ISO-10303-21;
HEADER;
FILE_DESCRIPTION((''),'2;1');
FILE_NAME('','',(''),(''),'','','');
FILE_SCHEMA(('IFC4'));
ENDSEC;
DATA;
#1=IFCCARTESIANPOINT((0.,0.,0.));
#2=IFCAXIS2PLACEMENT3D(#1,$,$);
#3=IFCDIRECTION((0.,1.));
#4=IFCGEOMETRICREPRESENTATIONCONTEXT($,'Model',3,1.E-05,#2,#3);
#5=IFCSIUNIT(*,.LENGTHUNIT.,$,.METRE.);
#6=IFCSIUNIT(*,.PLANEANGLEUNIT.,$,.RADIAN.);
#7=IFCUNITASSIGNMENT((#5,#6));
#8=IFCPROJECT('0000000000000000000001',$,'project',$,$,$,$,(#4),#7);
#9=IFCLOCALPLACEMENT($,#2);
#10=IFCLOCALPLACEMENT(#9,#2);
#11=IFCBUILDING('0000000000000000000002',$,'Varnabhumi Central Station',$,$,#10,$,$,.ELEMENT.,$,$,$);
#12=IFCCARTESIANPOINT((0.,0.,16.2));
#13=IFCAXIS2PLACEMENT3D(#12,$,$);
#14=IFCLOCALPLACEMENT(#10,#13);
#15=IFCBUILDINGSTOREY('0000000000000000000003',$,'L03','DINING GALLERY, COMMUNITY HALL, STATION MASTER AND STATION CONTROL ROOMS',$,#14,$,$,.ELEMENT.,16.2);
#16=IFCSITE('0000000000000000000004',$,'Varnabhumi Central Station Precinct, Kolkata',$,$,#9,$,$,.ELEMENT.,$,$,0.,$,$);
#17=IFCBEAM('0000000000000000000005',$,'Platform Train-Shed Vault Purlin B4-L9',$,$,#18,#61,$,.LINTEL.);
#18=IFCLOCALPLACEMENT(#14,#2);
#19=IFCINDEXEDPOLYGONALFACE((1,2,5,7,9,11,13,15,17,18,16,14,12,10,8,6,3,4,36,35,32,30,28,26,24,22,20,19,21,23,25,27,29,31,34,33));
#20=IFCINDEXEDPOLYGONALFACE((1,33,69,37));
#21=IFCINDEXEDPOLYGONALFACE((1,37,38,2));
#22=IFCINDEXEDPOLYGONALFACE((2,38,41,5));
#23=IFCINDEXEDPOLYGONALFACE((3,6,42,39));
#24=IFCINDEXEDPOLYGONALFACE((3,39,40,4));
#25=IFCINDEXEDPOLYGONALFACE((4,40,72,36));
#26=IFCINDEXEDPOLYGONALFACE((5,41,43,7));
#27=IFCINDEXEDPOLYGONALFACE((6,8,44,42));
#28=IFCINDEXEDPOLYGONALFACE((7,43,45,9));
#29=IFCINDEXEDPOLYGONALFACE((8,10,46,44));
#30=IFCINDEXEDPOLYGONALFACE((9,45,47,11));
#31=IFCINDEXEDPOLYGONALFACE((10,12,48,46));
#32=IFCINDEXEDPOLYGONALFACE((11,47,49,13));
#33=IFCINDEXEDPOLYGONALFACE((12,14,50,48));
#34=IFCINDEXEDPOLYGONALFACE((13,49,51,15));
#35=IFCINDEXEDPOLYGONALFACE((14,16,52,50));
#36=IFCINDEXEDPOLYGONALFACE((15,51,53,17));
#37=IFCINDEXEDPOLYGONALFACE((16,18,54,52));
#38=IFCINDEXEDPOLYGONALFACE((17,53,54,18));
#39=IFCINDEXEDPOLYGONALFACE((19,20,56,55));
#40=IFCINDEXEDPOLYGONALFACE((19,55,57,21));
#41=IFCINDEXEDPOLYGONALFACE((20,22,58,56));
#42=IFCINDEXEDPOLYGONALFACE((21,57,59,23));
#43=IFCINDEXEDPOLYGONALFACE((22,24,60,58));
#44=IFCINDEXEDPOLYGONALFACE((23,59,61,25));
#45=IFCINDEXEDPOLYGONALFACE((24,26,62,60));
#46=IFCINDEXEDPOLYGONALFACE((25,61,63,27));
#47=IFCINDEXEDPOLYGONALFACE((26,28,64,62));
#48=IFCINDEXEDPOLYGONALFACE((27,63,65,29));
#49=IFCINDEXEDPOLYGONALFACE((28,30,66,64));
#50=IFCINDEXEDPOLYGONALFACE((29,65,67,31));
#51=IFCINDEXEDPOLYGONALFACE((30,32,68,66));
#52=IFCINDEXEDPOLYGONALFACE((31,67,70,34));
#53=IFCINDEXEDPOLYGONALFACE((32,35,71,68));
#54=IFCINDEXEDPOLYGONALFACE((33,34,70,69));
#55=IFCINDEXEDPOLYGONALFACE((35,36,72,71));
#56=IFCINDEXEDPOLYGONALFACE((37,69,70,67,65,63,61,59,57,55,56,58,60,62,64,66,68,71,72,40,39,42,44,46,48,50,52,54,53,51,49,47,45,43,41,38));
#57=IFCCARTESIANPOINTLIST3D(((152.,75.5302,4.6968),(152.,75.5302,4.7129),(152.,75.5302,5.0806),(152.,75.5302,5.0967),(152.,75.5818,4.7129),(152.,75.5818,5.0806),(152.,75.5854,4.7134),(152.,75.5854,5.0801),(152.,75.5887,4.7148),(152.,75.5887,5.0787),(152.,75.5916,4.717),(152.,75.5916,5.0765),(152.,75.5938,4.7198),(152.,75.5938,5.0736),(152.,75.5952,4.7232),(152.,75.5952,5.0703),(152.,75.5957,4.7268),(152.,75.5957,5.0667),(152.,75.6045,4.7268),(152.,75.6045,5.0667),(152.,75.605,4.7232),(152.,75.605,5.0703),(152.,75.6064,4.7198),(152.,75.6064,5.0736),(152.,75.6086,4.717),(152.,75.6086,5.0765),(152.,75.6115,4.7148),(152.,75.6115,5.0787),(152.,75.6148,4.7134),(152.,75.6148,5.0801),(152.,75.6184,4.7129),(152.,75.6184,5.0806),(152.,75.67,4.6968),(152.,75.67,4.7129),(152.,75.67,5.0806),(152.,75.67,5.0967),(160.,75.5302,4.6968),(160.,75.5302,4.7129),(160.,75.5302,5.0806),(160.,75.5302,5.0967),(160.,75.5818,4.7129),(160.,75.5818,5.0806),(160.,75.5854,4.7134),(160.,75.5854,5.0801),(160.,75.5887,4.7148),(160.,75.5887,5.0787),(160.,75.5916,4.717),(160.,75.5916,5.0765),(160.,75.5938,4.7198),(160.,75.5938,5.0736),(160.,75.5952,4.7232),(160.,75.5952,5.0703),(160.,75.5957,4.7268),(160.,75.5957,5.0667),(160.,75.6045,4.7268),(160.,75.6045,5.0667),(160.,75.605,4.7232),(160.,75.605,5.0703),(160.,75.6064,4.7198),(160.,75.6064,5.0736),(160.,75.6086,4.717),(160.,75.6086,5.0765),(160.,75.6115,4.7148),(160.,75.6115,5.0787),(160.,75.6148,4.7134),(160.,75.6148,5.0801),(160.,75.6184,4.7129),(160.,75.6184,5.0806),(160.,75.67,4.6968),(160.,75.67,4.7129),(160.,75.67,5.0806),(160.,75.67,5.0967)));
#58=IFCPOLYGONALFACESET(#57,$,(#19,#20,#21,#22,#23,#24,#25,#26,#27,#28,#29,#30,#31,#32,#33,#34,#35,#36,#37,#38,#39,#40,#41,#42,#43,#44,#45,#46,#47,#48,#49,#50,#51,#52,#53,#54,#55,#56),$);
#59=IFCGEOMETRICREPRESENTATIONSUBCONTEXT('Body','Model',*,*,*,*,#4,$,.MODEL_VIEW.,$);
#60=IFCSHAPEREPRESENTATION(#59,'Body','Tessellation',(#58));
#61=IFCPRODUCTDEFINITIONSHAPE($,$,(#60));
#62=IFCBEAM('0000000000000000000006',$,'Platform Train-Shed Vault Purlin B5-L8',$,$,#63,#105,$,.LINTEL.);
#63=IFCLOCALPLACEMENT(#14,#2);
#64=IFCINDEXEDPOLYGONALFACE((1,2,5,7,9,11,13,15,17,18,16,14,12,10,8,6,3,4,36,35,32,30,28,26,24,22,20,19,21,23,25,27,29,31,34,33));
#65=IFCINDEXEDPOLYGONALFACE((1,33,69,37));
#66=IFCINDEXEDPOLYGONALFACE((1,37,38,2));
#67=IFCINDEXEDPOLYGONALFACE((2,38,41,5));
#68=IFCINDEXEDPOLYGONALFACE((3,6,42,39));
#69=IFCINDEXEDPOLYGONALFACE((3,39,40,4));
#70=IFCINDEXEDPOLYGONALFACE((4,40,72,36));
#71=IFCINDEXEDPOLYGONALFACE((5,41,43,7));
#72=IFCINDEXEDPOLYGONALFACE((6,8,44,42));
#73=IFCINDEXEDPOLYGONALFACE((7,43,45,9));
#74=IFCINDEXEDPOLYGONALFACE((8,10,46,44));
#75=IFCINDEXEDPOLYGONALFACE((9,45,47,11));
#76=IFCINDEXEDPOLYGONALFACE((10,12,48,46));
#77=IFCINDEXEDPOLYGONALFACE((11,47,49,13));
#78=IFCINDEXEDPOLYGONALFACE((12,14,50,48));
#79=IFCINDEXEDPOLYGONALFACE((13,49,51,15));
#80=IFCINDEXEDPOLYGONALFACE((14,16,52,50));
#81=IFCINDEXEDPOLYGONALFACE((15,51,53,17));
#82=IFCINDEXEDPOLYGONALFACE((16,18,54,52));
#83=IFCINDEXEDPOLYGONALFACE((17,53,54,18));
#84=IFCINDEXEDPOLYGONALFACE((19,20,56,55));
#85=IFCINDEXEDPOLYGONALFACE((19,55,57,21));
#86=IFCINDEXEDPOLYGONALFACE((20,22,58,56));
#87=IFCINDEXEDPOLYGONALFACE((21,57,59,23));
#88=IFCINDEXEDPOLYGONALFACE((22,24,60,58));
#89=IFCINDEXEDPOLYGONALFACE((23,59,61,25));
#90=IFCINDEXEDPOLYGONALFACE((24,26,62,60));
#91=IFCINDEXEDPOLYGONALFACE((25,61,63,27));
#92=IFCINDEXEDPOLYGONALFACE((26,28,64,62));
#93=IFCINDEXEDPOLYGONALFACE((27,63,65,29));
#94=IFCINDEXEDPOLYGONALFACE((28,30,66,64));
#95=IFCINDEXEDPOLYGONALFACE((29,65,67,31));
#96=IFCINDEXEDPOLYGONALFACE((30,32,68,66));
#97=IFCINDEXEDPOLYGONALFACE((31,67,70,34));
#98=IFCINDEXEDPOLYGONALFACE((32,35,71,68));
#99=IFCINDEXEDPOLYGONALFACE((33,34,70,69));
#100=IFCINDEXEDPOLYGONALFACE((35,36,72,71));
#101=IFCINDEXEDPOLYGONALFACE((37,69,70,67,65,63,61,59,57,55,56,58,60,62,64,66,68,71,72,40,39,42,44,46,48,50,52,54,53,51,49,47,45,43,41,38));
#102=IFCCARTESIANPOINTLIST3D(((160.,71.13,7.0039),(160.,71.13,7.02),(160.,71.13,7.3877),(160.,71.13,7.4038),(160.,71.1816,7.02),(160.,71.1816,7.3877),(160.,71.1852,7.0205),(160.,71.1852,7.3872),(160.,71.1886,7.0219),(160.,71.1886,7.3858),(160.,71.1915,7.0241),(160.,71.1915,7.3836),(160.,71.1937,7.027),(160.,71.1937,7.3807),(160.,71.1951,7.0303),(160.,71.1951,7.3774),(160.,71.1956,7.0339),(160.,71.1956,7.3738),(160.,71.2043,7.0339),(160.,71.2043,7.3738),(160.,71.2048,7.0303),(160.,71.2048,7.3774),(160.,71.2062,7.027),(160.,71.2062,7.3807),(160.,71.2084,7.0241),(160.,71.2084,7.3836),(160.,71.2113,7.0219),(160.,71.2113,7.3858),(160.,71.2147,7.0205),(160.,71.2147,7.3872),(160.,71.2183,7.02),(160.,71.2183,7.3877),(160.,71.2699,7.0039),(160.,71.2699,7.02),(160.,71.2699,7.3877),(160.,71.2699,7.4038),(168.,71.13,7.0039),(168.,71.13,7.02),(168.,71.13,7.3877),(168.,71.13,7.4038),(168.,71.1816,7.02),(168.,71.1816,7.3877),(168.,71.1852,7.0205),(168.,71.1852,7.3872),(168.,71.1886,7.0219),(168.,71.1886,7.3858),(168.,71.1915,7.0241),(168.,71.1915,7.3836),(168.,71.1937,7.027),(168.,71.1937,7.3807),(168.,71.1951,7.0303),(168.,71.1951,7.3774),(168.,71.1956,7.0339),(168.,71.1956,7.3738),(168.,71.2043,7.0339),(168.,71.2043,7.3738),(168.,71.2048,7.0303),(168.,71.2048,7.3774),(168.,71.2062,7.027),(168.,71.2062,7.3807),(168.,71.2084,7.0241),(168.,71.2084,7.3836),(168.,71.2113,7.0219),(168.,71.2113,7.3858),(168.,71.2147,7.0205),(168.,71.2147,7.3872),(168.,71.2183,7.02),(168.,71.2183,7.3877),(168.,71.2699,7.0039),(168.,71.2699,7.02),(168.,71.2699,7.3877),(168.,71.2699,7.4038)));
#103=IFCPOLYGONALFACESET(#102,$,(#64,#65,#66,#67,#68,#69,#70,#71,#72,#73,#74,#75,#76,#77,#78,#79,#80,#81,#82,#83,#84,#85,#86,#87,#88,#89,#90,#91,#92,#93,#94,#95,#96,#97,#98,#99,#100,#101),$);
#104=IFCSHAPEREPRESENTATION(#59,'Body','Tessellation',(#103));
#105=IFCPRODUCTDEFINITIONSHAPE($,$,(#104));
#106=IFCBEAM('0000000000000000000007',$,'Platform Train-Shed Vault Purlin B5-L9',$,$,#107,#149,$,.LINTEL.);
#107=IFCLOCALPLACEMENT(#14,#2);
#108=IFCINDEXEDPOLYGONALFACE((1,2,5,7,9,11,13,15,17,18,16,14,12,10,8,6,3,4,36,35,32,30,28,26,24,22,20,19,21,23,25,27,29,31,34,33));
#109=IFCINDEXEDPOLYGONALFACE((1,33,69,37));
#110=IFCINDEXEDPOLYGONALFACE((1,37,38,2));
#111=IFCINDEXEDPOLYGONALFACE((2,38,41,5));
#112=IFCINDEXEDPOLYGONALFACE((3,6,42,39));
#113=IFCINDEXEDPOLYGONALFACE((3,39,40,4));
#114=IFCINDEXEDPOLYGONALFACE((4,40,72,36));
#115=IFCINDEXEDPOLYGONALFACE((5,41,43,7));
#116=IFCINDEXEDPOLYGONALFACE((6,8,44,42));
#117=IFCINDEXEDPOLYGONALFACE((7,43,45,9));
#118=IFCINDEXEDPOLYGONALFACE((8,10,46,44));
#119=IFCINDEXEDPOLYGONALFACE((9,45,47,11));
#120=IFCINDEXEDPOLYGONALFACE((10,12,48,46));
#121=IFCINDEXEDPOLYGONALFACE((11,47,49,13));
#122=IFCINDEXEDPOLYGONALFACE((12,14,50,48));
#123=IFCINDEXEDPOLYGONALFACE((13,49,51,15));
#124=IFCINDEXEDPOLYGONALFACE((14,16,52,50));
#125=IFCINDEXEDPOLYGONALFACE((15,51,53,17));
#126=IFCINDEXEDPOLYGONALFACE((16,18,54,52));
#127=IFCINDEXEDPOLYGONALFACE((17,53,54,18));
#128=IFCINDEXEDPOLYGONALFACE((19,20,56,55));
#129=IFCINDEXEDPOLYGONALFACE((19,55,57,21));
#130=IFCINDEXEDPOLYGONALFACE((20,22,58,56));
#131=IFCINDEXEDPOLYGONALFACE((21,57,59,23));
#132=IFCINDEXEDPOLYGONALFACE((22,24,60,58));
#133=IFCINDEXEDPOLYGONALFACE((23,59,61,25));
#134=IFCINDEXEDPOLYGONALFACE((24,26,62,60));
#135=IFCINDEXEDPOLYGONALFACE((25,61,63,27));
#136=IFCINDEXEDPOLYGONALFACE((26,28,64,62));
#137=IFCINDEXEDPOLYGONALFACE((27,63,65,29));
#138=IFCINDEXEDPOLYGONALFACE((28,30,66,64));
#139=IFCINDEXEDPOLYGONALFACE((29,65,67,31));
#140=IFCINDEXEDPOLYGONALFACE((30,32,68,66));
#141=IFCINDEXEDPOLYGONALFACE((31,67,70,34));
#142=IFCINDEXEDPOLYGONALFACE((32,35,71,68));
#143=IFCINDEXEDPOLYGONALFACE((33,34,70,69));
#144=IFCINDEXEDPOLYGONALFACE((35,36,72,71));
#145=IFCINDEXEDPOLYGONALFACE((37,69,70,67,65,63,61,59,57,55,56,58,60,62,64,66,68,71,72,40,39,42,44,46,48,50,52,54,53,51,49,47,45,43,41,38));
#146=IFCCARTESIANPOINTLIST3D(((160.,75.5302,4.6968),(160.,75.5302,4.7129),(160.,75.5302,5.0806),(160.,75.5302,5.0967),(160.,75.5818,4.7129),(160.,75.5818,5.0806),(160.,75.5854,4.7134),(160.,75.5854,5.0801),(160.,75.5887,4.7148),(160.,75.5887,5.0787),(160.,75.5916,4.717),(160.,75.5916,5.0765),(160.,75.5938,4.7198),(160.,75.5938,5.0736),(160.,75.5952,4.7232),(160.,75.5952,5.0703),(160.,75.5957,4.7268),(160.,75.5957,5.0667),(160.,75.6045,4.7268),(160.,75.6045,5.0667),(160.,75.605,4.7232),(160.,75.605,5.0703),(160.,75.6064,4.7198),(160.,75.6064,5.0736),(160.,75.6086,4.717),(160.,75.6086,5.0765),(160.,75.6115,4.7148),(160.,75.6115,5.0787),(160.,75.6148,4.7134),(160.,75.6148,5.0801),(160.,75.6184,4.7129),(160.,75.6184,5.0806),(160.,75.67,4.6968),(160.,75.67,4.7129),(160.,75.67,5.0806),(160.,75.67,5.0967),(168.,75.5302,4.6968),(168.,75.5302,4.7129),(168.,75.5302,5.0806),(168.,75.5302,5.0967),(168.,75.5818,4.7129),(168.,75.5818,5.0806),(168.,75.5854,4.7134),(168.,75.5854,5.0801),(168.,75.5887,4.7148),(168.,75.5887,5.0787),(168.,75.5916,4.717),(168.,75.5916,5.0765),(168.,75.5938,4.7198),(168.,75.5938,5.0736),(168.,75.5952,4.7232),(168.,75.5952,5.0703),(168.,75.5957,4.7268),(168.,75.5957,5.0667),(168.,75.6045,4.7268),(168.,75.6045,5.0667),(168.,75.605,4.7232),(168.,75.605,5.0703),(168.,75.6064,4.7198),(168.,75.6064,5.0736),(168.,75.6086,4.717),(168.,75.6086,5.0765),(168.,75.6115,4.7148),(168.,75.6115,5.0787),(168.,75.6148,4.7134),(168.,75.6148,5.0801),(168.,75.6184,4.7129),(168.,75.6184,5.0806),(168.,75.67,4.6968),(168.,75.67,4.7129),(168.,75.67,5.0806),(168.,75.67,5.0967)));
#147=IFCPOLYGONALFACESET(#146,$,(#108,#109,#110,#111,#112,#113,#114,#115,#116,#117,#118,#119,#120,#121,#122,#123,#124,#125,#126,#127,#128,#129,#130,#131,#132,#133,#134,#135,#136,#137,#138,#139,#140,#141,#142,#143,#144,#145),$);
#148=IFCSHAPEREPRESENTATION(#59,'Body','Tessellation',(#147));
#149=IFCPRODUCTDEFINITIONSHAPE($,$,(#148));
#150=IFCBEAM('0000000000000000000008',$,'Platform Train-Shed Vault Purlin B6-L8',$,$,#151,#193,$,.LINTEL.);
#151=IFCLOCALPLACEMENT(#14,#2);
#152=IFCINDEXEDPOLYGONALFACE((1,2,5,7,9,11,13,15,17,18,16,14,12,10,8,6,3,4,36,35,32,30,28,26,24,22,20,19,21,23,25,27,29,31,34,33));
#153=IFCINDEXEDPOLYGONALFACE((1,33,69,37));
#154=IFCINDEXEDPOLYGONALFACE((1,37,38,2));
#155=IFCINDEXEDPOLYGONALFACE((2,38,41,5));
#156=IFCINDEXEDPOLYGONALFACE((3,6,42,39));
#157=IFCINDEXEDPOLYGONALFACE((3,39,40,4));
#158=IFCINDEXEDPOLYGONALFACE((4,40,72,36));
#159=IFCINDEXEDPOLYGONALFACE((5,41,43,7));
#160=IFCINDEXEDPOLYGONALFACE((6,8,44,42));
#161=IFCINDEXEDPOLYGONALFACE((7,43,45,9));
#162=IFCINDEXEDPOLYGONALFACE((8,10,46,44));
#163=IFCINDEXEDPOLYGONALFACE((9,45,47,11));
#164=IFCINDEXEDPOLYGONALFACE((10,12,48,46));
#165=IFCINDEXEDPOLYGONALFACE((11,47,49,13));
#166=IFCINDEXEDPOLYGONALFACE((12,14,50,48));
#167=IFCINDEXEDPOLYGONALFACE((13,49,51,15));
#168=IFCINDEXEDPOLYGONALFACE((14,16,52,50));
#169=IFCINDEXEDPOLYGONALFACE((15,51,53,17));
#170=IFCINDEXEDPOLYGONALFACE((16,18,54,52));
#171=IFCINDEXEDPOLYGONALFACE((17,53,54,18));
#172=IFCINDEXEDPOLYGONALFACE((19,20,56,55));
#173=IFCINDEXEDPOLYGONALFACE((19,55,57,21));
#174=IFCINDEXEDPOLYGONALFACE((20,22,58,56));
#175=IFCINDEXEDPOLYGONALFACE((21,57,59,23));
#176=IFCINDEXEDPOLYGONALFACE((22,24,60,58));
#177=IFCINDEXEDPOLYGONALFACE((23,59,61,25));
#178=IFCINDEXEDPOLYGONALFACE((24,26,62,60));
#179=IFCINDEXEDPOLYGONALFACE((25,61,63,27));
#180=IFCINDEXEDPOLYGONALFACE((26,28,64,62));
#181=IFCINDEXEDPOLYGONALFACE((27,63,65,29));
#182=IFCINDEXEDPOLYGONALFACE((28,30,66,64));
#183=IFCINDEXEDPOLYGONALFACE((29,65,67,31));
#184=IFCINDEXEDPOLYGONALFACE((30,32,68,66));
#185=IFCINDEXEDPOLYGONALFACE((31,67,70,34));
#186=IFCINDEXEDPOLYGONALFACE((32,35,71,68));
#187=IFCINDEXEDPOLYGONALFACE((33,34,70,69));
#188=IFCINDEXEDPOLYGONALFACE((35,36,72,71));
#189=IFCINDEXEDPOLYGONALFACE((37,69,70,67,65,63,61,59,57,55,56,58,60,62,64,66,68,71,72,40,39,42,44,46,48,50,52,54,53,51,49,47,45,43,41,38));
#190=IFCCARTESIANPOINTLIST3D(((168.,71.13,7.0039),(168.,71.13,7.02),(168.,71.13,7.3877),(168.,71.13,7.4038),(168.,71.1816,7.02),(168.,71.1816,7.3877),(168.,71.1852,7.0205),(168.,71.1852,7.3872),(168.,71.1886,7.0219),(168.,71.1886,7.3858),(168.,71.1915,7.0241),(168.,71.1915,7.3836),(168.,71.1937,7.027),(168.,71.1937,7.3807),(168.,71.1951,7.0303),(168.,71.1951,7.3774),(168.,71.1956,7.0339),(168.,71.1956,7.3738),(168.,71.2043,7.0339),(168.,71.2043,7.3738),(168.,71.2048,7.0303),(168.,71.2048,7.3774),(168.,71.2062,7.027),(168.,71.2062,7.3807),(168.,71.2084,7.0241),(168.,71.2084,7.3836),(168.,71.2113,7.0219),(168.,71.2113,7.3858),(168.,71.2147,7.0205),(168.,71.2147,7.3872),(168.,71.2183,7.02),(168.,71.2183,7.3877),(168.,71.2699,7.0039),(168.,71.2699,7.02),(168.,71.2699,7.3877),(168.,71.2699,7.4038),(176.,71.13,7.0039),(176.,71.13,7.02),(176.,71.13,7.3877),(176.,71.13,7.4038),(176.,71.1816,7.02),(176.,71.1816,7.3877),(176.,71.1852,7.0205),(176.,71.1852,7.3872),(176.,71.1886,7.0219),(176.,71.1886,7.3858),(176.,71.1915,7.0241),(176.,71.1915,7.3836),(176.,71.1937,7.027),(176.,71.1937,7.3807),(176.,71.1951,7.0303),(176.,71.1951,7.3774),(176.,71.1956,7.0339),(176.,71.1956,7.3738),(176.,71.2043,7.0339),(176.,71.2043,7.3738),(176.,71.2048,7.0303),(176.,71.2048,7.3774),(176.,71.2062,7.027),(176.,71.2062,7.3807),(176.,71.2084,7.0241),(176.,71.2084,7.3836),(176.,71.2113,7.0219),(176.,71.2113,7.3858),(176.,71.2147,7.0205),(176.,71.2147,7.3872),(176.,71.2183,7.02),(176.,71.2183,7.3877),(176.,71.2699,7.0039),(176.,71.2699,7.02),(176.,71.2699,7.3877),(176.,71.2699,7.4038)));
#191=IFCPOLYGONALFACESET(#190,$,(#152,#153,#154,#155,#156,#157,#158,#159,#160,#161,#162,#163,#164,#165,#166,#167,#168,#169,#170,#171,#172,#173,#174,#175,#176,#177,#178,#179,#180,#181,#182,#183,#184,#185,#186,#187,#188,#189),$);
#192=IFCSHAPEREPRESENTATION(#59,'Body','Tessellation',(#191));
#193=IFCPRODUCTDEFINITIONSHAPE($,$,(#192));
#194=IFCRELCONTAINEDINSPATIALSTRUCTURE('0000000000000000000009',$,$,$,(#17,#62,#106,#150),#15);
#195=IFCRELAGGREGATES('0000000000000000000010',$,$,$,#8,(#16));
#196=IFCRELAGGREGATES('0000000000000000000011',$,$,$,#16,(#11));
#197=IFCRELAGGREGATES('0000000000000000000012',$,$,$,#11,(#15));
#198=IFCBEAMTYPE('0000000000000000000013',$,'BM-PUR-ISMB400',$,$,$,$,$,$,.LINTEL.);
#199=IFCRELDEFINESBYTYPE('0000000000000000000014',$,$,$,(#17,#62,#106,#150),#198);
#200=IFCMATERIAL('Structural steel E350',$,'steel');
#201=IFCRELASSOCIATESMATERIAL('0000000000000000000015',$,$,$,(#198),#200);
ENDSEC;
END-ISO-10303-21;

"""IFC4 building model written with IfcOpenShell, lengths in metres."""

from ifc_helpers import new_model, si_unit, direction, frame, origin, origin_2d, place, context, subcontext, project, spatial, i_section, extrude, material, material_profile, profile_set, type_object, element, save


model = new_model("IFC4")

# Units and contexts
model_context = context("Model", 3, precision=1e-05, world=origin(), true_north=direction((0.0, 1.0)))
body_context = subcontext(model_context, "Body", "Model", "MODEL_VIEW")
ifc_project = project(units=[si_unit("LENGTHUNIT", "METRE"), si_unit("PLANEANGLEUNIT", "RADIAN")], contexts=[model_context])

# Site, building, storey
site_placement = place(None, origin())
site = spatial("IfcSite", under=ifc_project, at=site_placement, Name="Varnabhumi Central Station Precinct, Kolkata", CompositionType="ELEMENT", RefElevation=0.0)
building_placement = place(site_placement, origin())
building = spatial("IfcBuilding", under=site, at=building_placement, Name="Varnabhumi Central Station", CompositionType="ELEMENT")
storey_placement = place(building_placement, frame((0.0, 0.0, 16.2)))
storey = spatial("IfcBuildingStorey", under=building, at=storey_placement, Name="L03", Description="DINING GALLERY, COMMUNITY HALL, STATION MASTER AND STATION CONTROL ROOMS", CompositionType="ELEMENT", Elevation=16.2)

# Beams
ifc_material_1 = material(Name="Structural steel E350", Category="steel")
ifc_material_profile_1 = material_profile(ifc_material_1, i_section(OverallWidth=0.1399, OverallDepth=0.3999, WebThickness=0.0088, FlangeThickness=0.0161, FilletRadius=0.0139, at=origin_2d()), Name="Structural steel E350", Category="steel")
ifc_profile_set_1 = profile_set([ifc_material_profile_1], Name="Structural steel E350")
beam_type_1 = type_object("IfcBeamType", Name="BM-PUR-ISMB400", PredefinedType="LINTEL", material=ifc_profile_set_1)
for number, where, z_axis, x_axis, name in (
    (1, (152.0, 75.6001, 4.8967), (1.0, 0.0, 0.0), (0.0, 1.0, 0.0), "Platform Train-Shed Vault Purlin B4-L9"),
    (2, (160.0, 71.2, 7.2039), (1.0, 0.0, 0.0), (0.0, 1.0, 0.0), "Platform Train-Shed Vault Purlin B5-L8"),
    (3, (160.0, 75.6001, 4.8967), (1.0, 0.0, 0.0), (0.0, 1.0, 0.0), "Platform Train-Shed Vault Purlin B5-L9"),
    (4, (168.0, 71.2, 7.2039), (1.0, 0.0, 0.0), (0.0, 1.0, 0.0), "Platform Train-Shed Vault Purlin B6-L8"),
):
    element("IfcBeam", number, at=place(storey_placement, frame(where, z_axis=z_axis, x_axis=x_axis)), inside=storey, type_object=beam_type_1, Name=name, PredefinedType="LINTEL", context=body_context, shape_type="SweptSolid", body=[
        extrude(i_section(OverallWidth=0.1399, OverallDepth=0.3999, WebThickness=0.0088, FlangeThickness=0.0161, FilletRadius=0.0139, at=origin_2d()), origin(), (0.0, 0.0, 1.0), 8.0),
    ])

save(model, "model.ifc")
